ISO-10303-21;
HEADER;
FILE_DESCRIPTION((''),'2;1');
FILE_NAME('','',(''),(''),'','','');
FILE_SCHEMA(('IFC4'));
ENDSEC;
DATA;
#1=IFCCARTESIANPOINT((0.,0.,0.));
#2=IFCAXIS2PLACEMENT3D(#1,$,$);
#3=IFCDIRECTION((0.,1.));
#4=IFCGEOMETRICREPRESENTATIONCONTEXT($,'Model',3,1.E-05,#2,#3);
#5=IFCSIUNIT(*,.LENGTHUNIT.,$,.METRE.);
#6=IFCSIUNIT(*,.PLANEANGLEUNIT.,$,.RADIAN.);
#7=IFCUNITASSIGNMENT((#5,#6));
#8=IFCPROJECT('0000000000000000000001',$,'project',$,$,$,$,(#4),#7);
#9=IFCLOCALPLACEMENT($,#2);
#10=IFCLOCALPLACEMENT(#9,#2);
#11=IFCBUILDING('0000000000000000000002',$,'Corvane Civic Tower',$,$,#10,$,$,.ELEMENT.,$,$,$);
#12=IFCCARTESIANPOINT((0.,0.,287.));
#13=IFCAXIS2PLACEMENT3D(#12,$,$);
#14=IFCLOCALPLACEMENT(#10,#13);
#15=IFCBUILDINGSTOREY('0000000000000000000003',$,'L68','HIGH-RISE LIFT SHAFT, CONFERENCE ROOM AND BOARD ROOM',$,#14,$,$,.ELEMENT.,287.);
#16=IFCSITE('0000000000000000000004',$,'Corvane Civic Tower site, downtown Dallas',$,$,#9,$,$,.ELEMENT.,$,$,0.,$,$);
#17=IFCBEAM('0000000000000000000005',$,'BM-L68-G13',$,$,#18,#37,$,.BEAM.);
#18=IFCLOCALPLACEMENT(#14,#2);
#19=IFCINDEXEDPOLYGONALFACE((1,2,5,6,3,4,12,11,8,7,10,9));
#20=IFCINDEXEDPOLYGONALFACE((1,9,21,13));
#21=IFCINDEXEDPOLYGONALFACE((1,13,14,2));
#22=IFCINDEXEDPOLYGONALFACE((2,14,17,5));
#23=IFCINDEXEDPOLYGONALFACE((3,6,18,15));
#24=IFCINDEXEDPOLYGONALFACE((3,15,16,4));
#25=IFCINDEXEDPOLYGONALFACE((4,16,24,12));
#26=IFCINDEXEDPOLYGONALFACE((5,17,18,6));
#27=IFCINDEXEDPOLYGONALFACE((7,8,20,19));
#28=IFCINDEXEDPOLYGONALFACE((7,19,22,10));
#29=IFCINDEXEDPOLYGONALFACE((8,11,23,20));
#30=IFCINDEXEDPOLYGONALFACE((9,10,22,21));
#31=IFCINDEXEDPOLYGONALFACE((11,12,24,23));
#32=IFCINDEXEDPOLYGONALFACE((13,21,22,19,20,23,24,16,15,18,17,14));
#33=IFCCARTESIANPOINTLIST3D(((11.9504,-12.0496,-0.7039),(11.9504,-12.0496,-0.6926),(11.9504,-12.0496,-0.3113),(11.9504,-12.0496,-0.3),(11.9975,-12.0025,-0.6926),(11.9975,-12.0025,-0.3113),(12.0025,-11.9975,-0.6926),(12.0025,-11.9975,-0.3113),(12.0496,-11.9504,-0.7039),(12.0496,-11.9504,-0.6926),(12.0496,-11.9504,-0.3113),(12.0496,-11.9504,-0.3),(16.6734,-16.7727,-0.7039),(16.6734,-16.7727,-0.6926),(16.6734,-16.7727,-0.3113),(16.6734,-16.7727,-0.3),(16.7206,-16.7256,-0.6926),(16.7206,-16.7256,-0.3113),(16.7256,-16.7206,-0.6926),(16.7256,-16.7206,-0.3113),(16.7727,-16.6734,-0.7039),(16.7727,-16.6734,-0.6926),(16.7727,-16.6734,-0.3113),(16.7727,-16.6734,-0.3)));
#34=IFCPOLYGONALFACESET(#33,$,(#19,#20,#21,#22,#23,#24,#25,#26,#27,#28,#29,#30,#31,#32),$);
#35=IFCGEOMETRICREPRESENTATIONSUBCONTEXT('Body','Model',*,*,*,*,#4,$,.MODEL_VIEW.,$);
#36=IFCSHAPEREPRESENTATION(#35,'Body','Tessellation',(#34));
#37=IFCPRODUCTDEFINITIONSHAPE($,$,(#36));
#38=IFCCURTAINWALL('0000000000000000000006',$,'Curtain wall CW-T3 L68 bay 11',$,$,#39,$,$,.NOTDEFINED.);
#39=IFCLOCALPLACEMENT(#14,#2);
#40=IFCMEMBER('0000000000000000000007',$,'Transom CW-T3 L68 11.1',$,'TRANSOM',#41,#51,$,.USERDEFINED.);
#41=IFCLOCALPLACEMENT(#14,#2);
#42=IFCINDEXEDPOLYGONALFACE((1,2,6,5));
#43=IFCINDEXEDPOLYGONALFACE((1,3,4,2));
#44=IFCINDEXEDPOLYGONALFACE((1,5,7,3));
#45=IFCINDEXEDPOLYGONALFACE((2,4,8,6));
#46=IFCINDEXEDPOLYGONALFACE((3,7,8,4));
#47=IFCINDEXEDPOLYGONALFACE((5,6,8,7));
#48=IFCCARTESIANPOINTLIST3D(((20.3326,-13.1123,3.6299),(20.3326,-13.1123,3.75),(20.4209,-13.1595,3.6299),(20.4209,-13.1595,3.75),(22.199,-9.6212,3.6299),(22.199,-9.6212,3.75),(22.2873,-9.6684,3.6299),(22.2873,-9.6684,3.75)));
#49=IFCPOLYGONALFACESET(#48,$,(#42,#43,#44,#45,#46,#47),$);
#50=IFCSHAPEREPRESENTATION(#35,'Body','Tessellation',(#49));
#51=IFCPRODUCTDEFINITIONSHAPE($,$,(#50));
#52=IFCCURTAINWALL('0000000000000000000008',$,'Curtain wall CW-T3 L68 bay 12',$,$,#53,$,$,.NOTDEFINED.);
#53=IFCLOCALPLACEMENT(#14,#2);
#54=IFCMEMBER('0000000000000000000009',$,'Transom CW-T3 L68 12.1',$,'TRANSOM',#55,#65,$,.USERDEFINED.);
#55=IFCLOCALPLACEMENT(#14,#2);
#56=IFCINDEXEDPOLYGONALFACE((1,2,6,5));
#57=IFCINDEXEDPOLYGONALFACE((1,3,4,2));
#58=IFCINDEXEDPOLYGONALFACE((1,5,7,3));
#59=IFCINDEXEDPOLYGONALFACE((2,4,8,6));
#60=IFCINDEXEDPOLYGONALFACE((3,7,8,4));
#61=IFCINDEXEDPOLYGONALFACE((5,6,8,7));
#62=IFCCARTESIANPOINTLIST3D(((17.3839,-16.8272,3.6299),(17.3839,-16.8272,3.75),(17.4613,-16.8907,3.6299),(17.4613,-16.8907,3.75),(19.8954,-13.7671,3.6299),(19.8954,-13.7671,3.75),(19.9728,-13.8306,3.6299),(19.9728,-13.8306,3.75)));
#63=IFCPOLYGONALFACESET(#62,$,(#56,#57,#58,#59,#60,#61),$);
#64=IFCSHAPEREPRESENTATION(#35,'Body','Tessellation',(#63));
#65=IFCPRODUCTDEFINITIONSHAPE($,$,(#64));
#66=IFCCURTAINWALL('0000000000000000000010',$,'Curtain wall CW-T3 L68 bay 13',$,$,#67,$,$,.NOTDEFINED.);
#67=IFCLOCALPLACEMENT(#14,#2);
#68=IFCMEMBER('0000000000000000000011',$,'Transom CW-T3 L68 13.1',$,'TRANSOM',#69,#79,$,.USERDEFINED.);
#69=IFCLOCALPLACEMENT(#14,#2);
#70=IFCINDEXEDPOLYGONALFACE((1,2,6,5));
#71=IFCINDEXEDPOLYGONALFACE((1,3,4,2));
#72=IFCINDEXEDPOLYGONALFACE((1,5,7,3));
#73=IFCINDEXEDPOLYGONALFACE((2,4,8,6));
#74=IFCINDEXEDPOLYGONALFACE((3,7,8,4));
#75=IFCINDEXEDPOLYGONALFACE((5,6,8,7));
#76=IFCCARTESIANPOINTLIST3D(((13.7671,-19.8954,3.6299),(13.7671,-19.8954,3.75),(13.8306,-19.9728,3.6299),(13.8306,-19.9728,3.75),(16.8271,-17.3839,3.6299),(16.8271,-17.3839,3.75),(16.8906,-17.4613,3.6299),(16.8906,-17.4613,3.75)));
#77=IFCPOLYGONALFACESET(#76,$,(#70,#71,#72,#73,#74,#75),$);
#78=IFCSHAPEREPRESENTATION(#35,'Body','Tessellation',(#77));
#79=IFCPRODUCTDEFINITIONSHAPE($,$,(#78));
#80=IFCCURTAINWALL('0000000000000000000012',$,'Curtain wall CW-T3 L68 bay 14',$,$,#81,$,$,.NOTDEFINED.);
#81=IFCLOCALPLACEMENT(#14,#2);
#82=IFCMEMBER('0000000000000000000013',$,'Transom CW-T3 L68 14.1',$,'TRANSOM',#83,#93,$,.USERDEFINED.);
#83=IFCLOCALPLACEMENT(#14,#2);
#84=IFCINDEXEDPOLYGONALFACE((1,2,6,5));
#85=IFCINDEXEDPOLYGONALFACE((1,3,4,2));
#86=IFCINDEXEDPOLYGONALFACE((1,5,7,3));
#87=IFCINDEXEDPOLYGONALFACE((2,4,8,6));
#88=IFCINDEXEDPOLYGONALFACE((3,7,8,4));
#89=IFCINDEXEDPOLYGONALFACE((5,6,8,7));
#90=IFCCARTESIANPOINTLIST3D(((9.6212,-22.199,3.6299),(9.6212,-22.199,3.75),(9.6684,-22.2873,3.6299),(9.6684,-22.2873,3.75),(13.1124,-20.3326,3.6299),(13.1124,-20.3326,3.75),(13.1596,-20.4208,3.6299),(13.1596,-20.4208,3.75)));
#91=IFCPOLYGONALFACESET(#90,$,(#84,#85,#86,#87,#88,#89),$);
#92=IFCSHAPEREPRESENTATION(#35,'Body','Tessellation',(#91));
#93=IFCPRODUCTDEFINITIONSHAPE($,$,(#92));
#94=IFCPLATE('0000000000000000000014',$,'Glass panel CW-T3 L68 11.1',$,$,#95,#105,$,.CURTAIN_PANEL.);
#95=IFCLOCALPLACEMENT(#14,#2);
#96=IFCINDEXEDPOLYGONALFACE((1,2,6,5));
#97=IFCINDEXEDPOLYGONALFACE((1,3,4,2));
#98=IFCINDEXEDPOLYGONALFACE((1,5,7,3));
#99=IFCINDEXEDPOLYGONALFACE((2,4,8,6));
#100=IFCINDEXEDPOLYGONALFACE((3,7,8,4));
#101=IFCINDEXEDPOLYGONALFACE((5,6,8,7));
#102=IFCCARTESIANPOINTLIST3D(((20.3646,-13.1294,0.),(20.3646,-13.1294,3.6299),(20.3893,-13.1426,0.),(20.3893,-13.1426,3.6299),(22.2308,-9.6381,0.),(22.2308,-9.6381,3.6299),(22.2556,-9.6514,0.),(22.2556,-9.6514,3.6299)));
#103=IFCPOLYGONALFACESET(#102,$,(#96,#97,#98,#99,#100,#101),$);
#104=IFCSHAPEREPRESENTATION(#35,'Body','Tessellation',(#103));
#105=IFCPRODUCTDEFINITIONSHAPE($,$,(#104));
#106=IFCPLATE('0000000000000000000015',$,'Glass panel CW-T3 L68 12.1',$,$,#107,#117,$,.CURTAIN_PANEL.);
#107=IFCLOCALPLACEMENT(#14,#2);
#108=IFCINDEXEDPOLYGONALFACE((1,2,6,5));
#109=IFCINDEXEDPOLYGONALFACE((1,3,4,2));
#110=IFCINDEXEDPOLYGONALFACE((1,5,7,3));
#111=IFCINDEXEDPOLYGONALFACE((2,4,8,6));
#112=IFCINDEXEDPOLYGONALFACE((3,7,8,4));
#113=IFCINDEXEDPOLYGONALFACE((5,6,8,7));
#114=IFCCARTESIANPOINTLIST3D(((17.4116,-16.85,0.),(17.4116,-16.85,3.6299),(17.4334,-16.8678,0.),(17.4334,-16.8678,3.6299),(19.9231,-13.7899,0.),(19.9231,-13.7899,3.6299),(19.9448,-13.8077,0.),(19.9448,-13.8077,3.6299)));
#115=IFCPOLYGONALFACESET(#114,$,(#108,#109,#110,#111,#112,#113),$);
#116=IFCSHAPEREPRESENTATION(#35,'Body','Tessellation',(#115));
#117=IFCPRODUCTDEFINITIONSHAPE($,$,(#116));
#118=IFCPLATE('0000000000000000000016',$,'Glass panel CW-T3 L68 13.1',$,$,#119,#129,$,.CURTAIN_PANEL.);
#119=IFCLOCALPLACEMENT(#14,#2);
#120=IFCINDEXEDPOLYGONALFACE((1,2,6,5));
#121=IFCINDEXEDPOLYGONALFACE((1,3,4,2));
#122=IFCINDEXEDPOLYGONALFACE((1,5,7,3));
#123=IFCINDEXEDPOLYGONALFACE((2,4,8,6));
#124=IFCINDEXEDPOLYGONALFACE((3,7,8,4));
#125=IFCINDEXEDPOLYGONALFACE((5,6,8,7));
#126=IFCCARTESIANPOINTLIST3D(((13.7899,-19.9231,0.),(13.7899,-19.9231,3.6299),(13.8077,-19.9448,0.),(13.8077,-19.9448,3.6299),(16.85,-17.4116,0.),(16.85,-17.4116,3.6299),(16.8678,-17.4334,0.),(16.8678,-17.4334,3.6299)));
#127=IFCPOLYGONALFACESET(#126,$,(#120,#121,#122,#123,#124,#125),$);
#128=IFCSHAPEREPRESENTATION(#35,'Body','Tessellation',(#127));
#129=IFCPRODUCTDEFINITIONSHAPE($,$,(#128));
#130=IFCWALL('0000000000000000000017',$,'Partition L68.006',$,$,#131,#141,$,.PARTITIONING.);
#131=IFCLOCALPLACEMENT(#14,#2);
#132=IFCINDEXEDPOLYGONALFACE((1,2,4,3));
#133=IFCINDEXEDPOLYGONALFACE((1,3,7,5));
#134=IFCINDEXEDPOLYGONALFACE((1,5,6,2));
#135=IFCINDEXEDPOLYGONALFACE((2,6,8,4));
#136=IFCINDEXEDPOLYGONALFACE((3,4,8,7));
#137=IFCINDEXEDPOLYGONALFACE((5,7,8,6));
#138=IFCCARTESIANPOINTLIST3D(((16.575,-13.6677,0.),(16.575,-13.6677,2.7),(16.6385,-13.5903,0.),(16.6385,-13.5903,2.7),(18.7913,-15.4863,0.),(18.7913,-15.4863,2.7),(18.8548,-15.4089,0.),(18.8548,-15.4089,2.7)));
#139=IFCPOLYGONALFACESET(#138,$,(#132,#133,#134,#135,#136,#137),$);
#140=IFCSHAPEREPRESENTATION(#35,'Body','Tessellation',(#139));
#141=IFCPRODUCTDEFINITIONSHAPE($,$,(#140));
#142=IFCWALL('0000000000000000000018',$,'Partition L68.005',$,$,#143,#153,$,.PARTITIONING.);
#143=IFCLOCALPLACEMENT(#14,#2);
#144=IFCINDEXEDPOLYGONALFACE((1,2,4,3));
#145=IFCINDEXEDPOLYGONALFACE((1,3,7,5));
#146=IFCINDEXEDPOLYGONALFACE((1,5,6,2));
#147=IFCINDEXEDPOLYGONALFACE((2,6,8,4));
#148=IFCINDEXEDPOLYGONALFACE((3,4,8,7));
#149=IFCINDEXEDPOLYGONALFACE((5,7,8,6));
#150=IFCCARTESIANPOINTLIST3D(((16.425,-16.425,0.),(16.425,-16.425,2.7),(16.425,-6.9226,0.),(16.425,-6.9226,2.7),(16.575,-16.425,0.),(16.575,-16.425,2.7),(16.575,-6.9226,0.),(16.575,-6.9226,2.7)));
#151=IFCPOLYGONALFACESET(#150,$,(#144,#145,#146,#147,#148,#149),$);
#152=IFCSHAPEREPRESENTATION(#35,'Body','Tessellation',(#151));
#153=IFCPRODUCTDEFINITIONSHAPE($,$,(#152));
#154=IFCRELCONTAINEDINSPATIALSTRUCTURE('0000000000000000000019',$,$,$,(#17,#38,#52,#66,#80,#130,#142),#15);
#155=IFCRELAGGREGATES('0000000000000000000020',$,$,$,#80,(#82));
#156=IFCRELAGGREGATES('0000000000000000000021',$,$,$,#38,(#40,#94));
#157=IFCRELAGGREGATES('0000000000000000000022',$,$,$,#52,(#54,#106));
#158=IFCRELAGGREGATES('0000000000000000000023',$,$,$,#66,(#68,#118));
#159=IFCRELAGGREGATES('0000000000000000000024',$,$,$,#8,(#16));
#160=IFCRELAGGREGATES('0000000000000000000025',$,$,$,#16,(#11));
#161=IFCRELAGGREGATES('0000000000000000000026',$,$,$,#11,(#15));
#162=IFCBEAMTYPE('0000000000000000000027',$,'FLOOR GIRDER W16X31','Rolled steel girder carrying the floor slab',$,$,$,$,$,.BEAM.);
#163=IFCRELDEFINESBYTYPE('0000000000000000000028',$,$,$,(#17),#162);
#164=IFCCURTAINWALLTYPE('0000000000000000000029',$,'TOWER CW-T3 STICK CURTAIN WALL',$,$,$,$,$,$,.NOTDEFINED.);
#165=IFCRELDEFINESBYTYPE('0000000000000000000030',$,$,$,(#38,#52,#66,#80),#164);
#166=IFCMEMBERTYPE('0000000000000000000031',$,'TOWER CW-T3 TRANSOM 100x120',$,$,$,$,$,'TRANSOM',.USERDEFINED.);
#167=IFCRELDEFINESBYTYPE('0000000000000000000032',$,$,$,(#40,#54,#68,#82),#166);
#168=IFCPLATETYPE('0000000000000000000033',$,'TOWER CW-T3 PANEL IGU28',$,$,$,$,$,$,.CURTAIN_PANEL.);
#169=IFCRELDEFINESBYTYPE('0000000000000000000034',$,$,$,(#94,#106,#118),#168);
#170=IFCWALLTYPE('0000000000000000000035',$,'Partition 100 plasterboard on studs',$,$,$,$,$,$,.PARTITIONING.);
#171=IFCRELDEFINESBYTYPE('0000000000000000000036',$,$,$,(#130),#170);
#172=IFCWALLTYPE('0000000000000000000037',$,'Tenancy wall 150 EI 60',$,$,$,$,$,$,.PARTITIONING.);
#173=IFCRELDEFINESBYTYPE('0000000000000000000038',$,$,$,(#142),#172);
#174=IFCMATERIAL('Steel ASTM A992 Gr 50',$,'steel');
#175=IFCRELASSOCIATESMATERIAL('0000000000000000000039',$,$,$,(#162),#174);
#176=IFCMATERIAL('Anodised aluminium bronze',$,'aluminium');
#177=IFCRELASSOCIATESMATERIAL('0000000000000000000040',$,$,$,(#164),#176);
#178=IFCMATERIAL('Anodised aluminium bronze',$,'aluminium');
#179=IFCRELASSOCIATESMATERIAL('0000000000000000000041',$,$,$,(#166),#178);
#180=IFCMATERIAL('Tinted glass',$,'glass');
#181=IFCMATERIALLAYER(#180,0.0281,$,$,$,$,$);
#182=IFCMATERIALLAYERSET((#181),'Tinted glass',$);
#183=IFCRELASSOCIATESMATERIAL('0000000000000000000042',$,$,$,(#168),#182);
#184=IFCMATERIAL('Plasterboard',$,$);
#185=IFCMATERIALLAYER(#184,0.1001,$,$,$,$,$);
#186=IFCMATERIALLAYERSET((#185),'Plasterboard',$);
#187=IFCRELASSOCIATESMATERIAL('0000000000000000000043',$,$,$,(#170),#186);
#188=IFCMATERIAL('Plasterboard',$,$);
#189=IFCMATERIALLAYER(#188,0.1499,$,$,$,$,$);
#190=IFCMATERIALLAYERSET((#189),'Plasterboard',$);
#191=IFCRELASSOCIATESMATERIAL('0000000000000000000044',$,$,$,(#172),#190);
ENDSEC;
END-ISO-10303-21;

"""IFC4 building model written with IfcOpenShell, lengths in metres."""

from ifc_helpers import new_model, si_unit, direction, frame, frame_2d, origin, origin_2d, place, context, subcontext, project, spatial, rectangle, i_section, extrude, material, layer, layer_set, material_profile, profile_set, type_object, element, aggregate, save


model = new_model("IFC4")

# Units and contexts
model_context = context("Model", 3, precision=1e-05, world=origin(), true_north=direction((0.0, 1.0)))
body_context = subcontext(model_context, "Body", "Model", "MODEL_VIEW")
ifc_project = project(units=[si_unit("LENGTHUNIT", "METRE"), si_unit("PLANEANGLEUNIT", "RADIAN")], contexts=[model_context])

# Site, building, storey
site_placement = place(None, origin())
site = spatial("IfcSite", under=ifc_project, at=site_placement, Name="Corvane Civic Tower site, downtown Dallas", CompositionType="ELEMENT", RefElevation=0.0)
building_placement = place(site_placement, origin())
building = spatial("IfcBuilding", under=site, at=building_placement, Name="Corvane Civic Tower", CompositionType="ELEMENT")
storey_placement = place(building_placement, frame((0.0, 0.0, 287.0)))
storey = spatial("IfcBuildingStorey", under=building, at=storey_placement, Name="L68", Description="HIGH-RISE LIFT SHAFT, CONFERENCE ROOM AND BOARD ROOM", CompositionType="ELEMENT", Elevation=287.0)

# Beam
ifc_material_1 = material(Name="Steel ASTM A992 Gr 50", Category="steel")
ifc_material_profile_1 = material_profile(ifc_material_1, i_section(OverallWidth=0.1404, OverallDepth=0.4038, WebThickness=0.0071, FlangeThickness=0.0112, at=origin_2d()), Name="W16X31")
ifc_profile_set_1 = profile_set([ifc_material_profile_1], Name="Steel ASTM A992 Gr 50")
beam_type_1 = type_object("IfcBeamType", Name="FLOOR GIRDER W16X31", Description="Rolled steel girder carrying the floor slab", PredefinedType="BEAM", material=ifc_profile_set_1)
beam_1_placement = place(storey_placement, frame((12.0, -12.0, -0.502), z_axis=(0.707107, -0.707107, 0.0), x_axis=(0.707107, 0.707107, 0.0)))
element("IfcBeam", 1, at=beam_1_placement, inside=storey, type_object=beam_type_1, Name="BM-L68-G13", PredefinedType="BEAM", context=body_context, shape_type="SweptSolid", body=[
    extrude(i_section(OverallWidth=0.1404, OverallDepth=0.4038, WebThickness=0.0071, FlangeThickness=0.0112, at=origin_2d()), origin(), (0.0, 0.0, 1.0), 6.6794),
])

# Curtain walls, members
ifc_material_2 = material(Name="Anodised aluminium bronze", Category="aluminium")
curtain_wall_type = type_object("IfcCurtainWallType", Name="TOWER CW-T3 STICK CURTAIN WALL", PredefinedType="NOTDEFINED", material=ifc_material_2)
curtain_wall_1_placement = place(storey_placement, origin())
curtain_wall_1 = element("IfcCurtainWall", 2, at=curtain_wall_1_placement, inside=storey, type_object=curtain_wall_type, Name="Curtain wall CW-T3 L68 bay 11", PredefinedType="NOTDEFINED")
ifc_material_3 = material(Name="Anodised aluminium bronze", Category="aluminium")
ifc_material_profile_2 = material_profile(ifc_material_3, rectangle(XDim=0.1001, YDim=0.1201, at=origin_2d()), Name="TOWER CW-T3 TRANSOM 100x120")
ifc_profile_set_2 = profile_set([ifc_material_profile_2], Name="Anodised aluminium bronze")
member_type = type_object("IfcMemberType", Name="TOWER CW-T3 TRANSOM 100x120", ElementType="TRANSOM", PredefinedType="USERDEFINED", material=ifc_profile_set_2)
member_1_placement = place(storey_placement, frame((22.2432, -9.6448, 3.6899), z_axis=(-0.471468, -0.881883, 0.0), x_axis=(0.881883, -0.471468, 0.0)))
member_1 = element("IfcMember", 3, at=member_1_placement, type_object=member_type, Name="Transom CW-T3 L68 11.1", ObjectType="TRANSOM", PredefinedType="USERDEFINED", context=body_context, shape_type="SweptSolid", body=[
    extrude(rectangle(XDim=0.1001, YDim=0.1201, at=origin_2d()), origin(), (0.0, 0.0, 1.0), 3.9587),
])
curtain_wall_2_placement = place(storey_placement, origin())
curtain_wall_2 = element("IfcCurtainWall", 4, at=curtain_wall_2_placement, inside=storey, type_object=curtain_wall_type, Name="Curtain wall CW-T3 L68 bay 12", PredefinedType="NOTDEFINED")
member_2_placement = place(storey_placement, frame((19.9341, -13.7988, 3.6899), z_axis=(-0.634416, -0.772992, 0.0), x_axis=(0.772992, -0.634416, 0.0)))
member_2 = element("IfcMember", 5, at=member_2_placement, type_object=member_type, Name="Transom CW-T3 L68 12.1", ObjectType="TRANSOM", PredefinedType="USERDEFINED", context=body_context, shape_type="SweptSolid", body=[
    extrude(rectangle(XDim=0.1001, YDim=0.1201, at=origin_2d()), origin(), (0.0, 0.0, 1.0), 3.9587),
])
curtain_wall_3_placement = place(storey_placement, origin())
curtain_wall_3 = element("IfcCurtainWall", 6, at=curtain_wall_3_placement, inside=storey, type_object=curtain_wall_type, Name="Curtain wall CW-T3 L68 bay 13", PredefinedType="NOTDEFINED")
member_3_placement = place(storey_placement, frame((16.8589, -17.4226, 3.6899), z_axis=(-0.772992, -0.634416, 0.0), x_axis=(0.634416, -0.772992, 0.0)))
member_3 = element("IfcMember", 7, at=member_3_placement, type_object=member_type, Name="Transom CW-T3 L68 13.1", ObjectType="TRANSOM", PredefinedType="USERDEFINED", context=body_context, shape_type="SweptSolid", body=[
    extrude(rectangle(XDim=0.1001, YDim=0.1201, at=origin_2d()), origin(), (0.0, 0.0, 1.0), 3.9587),
])
curtain_wall_4_placement = place(storey_placement, origin())
curtain_wall_4 = element("IfcCurtainWall", 8, at=curtain_wall_4_placement, inside=storey, type_object=curtain_wall_type, Name="Curtain wall CW-T3 L68 bay 14", PredefinedType="NOTDEFINED")
member_4_placement = place(storey_placement, frame((13.136, -20.3767, 3.6899), z_axis=(-0.881883, -0.471468, 0.0), x_axis=(0.471468, -0.881883, 0.0)))
member_4 = element("IfcMember", 9, at=member_4_placement, type_object=member_type, Name="Transom CW-T3 L68 14.1", ObjectType="TRANSOM", PredefinedType="USERDEFINED", context=body_context, shape_type="SweptSolid", body=[
    extrude(rectangle(XDim=0.1001, YDim=0.1201, at=origin_2d()), origin(), (0.0, 0.0, 1.0), 3.9587),
])
aggregate(curtain_wall_4, [member_4])

# Plates
ifc_material_4 = material(Name="Tinted glass", Category="glass")
ifc_layer_1 = layer(ifc_material_4, 0.0281)
ifc_layer_set_1 = layer_set([ifc_layer_1], Name="Tinted glass")
plate_type = type_object("IfcPlateType", Name="TOWER CW-T3 PANEL IGU28", PredefinedType="CURTAIN_PANEL", material=ifc_layer_set_1)
plate_1_placement = place(storey_placement, frame((21.3101, -11.3904, 0.0), z_axis=(0.0, 0.0, 1.0), x_axis=(-0.471421, -0.881908, 0.0)))
plate_1 = element("IfcPlate", 10, at=plate_1_placement, type_object=plate_type, Name="Glass panel CW-T3 L68 11.1", PredefinedType="CURTAIN_PANEL", context=body_context, shape_type="SweptSolid", body=[
    extrude(rectangle(XDim=3.9587, YDim=0.0281, at=origin_2d()), origin(), (0.0, 0.0, 1.0), 3.6299),
])
aggregate(curtain_wall_1, [member_1, plate_1])
plate_2_placement = place(storey_placement, frame((18.6782, -15.3289, 0.0), z_axis=(0.0, 0.0, 1.0), x_axis=(-0.634405, -0.773001, 0.0)))
plate_2 = element("IfcPlate", 11, at=plate_2_placement, type_object=plate_type, Name="Glass panel CW-T3 L68 12.1", PredefinedType="CURTAIN_PANEL", context=body_context, shape_type="SweptSolid", body=[
    extrude(rectangle(XDim=3.9587, YDim=0.0281, at=origin_2d()), origin(), (0.0, 0.0, 1.0), 3.6299),
])
aggregate(curtain_wall_2, [member_2, plate_2])
plate_3_placement = place(storey_placement, frame((15.3289, -18.6782, 0.0), z_axis=(0.0, 0.0, 1.0), x_axis=(-0.773001, -0.634405, 0.0)))
plate_3 = element("IfcPlate", 12, at=plate_3_placement, type_object=plate_type, Name="Glass panel CW-T3 L68 13.1", PredefinedType="CURTAIN_PANEL", context=body_context, shape_type="SweptSolid", body=[
    extrude(rectangle(XDim=3.9587, YDim=0.0281, at=origin_2d()), origin(), (0.0, 0.0, 1.0), 3.6299),
])
aggregate(curtain_wall_3, [member_3, plate_3])

# Walls
ifc_material_5 = material(Name="Plasterboard")
ifc_layer_2 = layer(ifc_material_5, 0.1001)
ifc_layer_set_2 = layer_set([ifc_layer_2], Name="Plasterboard")
wall_type_1 = type_object("IfcWallType", Name="Partition 100 plasterboard on studs", PredefinedType="PARTITIONING", material=ifc_layer_set_2)
wall_1_placement = place(storey_placement, frame((16.6067, -13.6289, 0.0), z_axis=(0.0, 0.0, 1.0), x_axis=(0.773057, -0.634336, 0.0)))
element("IfcWall", 13, at=wall_1_placement, inside=storey, type_object=wall_type_1, Name="Partition L68.006", PredefinedType="PARTITIONING", context=body_context, shape_type="SweptSolid", body=[
    extrude(rectangle(XDim=2.8669, YDim=0.1001, at=frame_2d((1.4336, 0.0))), origin(), (0.0, 0.0, 1.0), 2.7),
])
ifc_material_6 = material(Name="Plasterboard")
ifc_layer_3 = layer(ifc_material_6, 0.1499)
ifc_layer_set_3 = layer_set([ifc_layer_3], Name="Plasterboard")
wall_type_2 = type_object("IfcWallType", Name="Tenancy wall 150 EI 60", PredefinedType="PARTITIONING", material=ifc_layer_set_3)
wall_2_placement = place(storey_placement, frame((16.5, -16.425, 0.0), z_axis=(0.0, 0.0, 1.0), x_axis=(0.0, 1.0, 0.0)))
element("IfcWall", 14, at=wall_2_placement, inside=storey, type_object=wall_type_2, Name="Partition L68.005", PredefinedType="PARTITIONING", context=body_context, shape_type="SweptSolid", body=[
    extrude(rectangle(XDim=9.5024, YDim=0.1499, at=frame_2d((4.7512, 0.0))), origin(), (0.0, 0.0, 1.0), 2.7),
])

save(model, "model.ifc")
